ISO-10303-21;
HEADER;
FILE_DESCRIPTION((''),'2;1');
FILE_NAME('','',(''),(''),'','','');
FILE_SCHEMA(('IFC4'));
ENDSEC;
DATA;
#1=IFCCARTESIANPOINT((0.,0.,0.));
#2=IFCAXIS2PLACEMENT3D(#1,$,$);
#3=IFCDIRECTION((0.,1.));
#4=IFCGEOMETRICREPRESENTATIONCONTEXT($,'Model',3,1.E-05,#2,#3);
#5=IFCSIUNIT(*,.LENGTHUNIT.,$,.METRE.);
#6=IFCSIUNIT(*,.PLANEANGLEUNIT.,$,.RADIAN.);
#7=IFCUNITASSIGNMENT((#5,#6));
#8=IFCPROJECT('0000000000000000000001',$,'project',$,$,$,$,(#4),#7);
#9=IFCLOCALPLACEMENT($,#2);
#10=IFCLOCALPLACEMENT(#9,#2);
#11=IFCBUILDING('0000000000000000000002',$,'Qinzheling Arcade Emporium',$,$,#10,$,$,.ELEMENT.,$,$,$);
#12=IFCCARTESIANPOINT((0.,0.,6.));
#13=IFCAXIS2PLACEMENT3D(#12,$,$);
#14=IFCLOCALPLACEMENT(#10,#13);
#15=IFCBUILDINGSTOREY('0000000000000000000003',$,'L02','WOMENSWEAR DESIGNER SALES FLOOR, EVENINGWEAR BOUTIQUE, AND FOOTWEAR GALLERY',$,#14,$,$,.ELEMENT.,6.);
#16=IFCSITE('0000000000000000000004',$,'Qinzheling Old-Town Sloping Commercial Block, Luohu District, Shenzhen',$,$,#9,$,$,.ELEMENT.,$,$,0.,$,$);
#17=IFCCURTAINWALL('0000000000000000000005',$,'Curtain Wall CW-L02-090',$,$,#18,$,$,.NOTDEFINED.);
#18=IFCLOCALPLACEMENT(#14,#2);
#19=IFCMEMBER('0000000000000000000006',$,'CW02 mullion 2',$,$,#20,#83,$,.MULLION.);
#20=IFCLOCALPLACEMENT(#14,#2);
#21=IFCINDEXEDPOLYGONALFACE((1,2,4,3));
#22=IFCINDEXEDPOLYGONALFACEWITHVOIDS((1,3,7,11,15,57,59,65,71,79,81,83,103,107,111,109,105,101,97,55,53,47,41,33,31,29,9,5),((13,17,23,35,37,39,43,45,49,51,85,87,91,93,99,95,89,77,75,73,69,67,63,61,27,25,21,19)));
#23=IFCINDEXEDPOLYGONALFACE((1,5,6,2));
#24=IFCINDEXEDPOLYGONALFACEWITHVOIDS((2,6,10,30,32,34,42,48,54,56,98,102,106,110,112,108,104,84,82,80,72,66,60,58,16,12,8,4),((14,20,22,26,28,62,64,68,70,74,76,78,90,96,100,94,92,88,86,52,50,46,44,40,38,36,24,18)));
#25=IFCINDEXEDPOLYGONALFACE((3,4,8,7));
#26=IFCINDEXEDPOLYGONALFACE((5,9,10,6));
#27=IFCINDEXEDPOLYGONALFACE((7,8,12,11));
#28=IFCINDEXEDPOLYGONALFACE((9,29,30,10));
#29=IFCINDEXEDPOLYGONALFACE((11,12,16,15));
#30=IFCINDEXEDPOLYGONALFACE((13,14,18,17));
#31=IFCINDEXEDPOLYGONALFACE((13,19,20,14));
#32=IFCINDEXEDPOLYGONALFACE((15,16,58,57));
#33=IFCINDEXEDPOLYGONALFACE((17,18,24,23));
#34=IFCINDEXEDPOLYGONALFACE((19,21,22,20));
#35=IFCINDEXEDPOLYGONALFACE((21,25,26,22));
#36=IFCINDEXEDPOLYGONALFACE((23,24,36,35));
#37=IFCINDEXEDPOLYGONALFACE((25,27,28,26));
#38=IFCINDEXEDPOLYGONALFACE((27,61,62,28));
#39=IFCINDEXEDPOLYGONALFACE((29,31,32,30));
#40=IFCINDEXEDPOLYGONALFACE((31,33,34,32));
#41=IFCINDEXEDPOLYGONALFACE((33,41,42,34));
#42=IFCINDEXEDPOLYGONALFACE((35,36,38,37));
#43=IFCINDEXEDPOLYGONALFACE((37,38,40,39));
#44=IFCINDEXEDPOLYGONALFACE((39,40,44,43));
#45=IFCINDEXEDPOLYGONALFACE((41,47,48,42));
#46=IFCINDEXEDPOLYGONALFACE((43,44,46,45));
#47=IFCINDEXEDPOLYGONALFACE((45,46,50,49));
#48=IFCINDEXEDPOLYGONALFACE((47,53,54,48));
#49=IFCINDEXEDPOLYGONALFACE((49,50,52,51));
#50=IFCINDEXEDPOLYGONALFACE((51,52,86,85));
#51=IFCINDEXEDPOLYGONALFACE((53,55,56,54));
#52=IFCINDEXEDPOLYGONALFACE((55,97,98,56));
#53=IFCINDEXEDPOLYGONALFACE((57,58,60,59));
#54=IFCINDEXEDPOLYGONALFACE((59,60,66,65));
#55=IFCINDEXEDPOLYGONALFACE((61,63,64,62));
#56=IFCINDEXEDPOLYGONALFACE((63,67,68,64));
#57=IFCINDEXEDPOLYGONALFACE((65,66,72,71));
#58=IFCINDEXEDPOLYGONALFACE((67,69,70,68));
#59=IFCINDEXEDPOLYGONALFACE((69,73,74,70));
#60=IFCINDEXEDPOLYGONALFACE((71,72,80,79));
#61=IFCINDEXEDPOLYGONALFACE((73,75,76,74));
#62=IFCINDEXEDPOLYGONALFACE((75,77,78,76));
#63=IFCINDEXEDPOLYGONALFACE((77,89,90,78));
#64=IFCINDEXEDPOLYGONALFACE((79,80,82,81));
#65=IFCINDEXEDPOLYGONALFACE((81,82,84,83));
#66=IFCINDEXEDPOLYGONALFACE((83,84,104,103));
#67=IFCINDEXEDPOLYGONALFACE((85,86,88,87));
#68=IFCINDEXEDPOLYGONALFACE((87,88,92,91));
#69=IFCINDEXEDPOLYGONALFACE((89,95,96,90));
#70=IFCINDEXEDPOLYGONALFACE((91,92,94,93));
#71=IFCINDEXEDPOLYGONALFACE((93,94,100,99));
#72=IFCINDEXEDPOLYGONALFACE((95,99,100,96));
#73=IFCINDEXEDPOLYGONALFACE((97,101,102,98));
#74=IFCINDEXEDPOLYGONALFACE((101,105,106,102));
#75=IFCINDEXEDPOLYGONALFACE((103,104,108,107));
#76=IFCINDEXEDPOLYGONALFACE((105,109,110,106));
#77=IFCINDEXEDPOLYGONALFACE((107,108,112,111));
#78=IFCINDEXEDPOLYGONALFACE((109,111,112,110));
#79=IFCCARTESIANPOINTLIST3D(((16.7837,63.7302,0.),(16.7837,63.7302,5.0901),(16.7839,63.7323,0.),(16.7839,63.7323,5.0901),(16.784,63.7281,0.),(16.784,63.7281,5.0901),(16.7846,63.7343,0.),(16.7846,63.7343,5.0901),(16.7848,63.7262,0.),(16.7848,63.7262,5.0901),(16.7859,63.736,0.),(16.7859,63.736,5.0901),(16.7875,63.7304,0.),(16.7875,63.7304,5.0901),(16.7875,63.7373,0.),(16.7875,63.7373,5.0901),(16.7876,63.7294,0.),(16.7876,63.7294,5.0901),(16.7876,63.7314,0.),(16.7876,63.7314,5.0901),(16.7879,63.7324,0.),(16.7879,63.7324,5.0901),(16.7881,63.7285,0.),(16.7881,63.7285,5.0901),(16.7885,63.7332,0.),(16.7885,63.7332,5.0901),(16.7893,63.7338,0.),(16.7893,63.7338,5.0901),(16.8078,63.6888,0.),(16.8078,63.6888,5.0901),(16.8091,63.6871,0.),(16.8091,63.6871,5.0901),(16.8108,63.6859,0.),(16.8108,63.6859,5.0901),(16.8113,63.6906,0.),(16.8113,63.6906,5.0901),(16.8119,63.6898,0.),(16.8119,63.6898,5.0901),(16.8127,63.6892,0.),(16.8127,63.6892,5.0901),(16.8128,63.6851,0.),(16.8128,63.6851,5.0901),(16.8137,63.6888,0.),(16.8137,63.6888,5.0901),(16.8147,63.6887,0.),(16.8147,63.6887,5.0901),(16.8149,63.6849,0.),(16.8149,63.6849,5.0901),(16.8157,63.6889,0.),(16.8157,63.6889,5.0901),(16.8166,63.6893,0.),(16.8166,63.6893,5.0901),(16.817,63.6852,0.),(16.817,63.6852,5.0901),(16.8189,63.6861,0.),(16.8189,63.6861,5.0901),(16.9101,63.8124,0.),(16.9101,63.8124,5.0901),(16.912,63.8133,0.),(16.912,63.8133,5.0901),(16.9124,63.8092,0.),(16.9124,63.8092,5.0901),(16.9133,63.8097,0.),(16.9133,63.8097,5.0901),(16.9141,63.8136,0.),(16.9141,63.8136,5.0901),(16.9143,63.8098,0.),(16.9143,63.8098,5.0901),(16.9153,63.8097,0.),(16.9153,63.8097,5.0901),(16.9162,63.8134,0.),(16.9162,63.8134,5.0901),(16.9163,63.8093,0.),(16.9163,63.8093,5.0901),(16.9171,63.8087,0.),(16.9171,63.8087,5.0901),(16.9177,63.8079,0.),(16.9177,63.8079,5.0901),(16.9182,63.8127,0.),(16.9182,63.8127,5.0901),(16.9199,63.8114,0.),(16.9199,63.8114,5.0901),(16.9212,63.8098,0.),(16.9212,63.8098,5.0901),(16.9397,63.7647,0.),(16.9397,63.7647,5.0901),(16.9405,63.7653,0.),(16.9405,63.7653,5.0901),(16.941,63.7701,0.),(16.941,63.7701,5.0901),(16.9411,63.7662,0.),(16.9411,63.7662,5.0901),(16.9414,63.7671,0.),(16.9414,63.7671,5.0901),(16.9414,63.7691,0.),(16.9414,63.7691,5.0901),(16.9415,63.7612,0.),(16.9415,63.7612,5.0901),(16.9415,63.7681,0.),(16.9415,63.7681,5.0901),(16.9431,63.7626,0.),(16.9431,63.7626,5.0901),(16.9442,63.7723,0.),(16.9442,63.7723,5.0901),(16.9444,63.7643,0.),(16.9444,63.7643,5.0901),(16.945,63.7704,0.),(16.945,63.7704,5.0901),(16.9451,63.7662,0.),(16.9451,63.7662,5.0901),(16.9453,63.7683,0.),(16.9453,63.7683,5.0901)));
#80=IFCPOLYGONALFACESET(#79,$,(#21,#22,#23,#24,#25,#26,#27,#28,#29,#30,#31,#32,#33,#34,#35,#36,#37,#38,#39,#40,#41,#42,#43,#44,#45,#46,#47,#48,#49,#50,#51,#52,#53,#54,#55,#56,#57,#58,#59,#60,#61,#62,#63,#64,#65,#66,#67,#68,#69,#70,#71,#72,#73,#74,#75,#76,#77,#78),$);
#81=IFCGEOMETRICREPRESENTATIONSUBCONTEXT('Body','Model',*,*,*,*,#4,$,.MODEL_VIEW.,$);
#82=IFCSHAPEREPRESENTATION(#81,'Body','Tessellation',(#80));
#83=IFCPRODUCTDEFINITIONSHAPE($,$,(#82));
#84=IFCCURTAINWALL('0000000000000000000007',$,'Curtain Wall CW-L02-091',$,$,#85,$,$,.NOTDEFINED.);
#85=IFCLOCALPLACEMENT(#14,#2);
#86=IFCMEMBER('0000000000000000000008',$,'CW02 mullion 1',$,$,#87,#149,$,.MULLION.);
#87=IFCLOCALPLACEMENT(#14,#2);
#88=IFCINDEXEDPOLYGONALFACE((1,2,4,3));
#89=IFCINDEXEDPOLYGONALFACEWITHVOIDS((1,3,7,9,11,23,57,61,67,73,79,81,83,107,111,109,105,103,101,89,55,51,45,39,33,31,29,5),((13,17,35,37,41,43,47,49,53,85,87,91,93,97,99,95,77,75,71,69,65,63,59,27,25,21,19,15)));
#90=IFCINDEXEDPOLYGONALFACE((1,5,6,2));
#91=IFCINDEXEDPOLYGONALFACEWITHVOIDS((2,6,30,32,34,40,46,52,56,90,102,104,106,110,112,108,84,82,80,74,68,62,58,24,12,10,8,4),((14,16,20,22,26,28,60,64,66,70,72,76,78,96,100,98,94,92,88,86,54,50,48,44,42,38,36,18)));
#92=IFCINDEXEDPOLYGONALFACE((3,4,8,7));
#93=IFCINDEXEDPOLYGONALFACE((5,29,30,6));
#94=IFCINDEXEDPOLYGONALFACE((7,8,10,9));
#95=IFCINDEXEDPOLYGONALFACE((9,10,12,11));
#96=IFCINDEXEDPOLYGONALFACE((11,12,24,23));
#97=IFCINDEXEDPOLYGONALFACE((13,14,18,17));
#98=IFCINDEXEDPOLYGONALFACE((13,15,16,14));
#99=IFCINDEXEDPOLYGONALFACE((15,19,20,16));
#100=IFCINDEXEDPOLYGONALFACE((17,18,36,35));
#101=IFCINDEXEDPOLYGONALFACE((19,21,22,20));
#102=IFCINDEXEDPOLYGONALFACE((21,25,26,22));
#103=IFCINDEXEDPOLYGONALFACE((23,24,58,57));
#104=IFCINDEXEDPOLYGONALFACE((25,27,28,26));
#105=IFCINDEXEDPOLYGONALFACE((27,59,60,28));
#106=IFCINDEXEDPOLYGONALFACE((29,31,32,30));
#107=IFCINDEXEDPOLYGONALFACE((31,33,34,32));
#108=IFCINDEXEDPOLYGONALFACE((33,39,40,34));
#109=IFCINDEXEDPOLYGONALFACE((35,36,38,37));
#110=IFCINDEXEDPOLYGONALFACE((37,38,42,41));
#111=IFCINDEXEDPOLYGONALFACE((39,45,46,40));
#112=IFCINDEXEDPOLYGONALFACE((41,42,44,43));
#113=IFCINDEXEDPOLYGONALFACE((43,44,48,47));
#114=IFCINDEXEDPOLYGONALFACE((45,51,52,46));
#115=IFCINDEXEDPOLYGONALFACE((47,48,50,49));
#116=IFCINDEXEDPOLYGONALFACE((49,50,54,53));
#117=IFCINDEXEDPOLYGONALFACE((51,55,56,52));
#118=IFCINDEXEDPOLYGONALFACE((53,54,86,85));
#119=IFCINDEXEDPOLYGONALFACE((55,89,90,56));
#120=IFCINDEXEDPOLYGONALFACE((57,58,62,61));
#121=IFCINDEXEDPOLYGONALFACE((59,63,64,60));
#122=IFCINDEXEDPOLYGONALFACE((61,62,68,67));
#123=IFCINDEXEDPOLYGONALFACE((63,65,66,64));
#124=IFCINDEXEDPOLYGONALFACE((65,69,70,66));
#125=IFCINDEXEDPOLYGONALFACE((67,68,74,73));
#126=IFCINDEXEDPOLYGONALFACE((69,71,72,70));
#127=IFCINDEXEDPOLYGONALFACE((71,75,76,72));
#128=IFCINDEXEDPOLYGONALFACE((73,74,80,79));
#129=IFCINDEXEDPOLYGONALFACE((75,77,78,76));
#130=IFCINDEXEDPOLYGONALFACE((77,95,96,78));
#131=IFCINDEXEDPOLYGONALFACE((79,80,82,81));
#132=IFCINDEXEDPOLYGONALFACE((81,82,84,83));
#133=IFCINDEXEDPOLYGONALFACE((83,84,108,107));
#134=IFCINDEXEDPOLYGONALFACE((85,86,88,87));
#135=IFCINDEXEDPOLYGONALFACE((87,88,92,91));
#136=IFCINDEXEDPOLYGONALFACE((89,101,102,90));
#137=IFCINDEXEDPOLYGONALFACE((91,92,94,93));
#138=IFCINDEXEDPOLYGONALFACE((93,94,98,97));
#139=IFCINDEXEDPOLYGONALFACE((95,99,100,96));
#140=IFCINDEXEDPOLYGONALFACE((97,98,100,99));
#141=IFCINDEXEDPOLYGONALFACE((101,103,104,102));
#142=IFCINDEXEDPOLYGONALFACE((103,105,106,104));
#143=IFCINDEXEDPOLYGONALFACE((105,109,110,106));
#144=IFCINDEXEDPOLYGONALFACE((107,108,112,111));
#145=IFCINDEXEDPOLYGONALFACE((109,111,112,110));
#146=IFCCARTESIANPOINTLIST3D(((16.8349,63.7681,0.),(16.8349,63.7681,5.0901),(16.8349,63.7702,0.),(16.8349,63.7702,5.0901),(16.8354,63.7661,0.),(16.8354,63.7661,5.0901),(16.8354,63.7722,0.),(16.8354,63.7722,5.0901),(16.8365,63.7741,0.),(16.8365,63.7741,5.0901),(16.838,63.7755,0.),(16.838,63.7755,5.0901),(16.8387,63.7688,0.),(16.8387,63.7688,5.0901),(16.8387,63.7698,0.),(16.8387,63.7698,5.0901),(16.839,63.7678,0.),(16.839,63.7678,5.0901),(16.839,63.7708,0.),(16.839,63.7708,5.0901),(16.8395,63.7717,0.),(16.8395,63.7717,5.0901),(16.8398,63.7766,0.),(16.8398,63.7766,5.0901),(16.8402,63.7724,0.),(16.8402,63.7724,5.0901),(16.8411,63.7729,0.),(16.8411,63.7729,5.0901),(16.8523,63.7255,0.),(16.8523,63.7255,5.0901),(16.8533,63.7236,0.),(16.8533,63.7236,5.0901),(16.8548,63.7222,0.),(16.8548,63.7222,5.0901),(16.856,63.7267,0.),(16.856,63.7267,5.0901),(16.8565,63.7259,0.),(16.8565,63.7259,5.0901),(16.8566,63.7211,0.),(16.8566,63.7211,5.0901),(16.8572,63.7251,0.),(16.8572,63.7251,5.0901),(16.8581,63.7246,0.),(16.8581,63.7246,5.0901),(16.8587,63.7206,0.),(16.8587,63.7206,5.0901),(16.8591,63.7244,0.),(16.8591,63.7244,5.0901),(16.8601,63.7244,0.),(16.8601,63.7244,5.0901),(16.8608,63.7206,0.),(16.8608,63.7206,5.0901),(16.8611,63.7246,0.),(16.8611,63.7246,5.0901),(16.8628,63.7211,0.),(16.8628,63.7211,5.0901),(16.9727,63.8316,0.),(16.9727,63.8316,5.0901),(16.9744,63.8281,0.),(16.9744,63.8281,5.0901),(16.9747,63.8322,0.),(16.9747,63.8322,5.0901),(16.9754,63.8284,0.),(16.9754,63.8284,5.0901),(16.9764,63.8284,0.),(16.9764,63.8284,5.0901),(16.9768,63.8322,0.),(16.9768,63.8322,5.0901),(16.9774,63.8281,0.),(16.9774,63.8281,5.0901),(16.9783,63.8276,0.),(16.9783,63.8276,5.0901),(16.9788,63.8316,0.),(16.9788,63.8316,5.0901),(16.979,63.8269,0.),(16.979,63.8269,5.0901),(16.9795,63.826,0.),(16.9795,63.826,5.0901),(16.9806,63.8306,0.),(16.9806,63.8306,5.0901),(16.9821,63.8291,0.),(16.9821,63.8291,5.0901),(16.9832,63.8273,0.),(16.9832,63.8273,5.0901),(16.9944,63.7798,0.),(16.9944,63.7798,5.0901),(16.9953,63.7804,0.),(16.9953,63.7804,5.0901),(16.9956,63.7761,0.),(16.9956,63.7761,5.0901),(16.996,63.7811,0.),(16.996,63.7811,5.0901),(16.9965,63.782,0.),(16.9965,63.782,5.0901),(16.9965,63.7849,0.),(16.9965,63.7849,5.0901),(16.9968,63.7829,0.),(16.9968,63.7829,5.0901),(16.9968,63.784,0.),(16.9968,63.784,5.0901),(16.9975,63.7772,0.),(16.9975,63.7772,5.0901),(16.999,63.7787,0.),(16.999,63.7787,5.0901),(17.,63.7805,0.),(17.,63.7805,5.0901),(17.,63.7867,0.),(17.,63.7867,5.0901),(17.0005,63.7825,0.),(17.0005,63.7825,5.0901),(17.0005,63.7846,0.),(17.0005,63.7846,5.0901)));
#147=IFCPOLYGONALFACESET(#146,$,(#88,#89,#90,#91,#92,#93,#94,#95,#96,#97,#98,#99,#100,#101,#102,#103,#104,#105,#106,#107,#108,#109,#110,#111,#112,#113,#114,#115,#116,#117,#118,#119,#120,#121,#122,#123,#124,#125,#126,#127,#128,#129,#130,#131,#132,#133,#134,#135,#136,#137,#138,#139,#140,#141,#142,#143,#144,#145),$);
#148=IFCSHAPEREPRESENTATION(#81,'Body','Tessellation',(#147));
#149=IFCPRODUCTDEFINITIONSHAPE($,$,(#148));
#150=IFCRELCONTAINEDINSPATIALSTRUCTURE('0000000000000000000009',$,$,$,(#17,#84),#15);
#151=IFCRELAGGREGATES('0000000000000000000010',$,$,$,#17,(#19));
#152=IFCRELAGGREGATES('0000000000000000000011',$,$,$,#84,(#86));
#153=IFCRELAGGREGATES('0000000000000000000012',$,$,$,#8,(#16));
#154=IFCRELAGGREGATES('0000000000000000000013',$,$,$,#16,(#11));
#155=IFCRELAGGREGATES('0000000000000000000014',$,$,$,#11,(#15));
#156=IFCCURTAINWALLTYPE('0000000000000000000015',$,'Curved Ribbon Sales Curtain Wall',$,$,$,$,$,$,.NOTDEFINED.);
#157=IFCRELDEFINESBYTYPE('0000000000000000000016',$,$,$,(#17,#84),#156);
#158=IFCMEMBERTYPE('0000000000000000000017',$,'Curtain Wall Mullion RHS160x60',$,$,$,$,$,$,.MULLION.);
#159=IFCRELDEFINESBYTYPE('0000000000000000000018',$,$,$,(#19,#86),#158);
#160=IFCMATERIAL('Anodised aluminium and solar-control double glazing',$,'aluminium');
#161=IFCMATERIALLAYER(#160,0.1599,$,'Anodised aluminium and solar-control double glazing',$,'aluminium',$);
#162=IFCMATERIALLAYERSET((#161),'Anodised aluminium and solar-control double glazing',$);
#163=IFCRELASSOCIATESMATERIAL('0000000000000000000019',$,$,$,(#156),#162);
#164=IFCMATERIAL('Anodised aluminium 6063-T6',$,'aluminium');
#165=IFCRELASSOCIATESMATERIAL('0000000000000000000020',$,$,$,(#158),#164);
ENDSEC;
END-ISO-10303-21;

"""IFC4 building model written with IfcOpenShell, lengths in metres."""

from ifc_helpers import new_model, si_unit, direction, frame, origin, origin_2d, place, context, subcontext, project, spatial, hollow_rectangle, extrude, material, layer, layer_set, material_profile, profile_set, type_object, element, aggregate, save


model = new_model("IFC4")

# Units and contexts
model_context = context("Model", 3, precision=1e-05, world=origin(), true_north=direction((0.0, 1.0)))
body_context = subcontext(model_context, "Body", "Model", "MODEL_VIEW")
ifc_project = project(units=[si_unit("LENGTHUNIT", "METRE"), si_unit("PLANEANGLEUNIT", "RADIAN")], contexts=[model_context])

# Site, building, storey
site_placement = place(None, origin())
site = spatial("IfcSite", under=ifc_project, at=site_placement, Name="Qinzheling Old-Town Sloping Commercial Block, Luohu District, Shenzhen", CompositionType="ELEMENT", RefElevation=0.0)
building_placement = place(site_placement, origin())
building = spatial("IfcBuilding", under=site, at=building_placement, Name="Qinzheling Arcade Emporium", CompositionType="ELEMENT")
storey_placement = place(building_placement, frame((0.0, 0.0, 6.0)))
storey = spatial("IfcBuildingStorey", under=building, at=storey_placement, Name="L02", Description="WOMENSWEAR DESIGNER SALES FLOOR, EVENINGWEAR BOUTIQUE, AND FOOTWEAR GALLERY", CompositionType="ELEMENT", Elevation=6.0)

# Shared definitions
ifc_material_1 = material(Name="Anodised aluminium and solar-control double glazing", Category="aluminium")
ifc_layer_1 = layer(ifc_material_1, 0.1599, Name="Anodised aluminium and solar-control double glazing", Category="aluminium")
ifc_layer_set_1 = layer_set([ifc_layer_1], Name="Anodised aluminium and solar-control double glazing")
curtain_wall_type = type_object("IfcCurtainWallType", Name="Curved Ribbon Sales Curtain Wall", PredefinedType="NOTDEFINED", material=ifc_layer_set_1)
ifc_material_2 = material(Name="Anodised aluminium 6063-T6", Category="aluminium")
ifc_material_profile_1 = material_profile(ifc_material_2, hollow_rectangle(XDim=0.0601, YDim=0.1599, WallThickness=0.0039, InnerFilletRadius=0.0039, OuterFilletRadius=0.0081, at=origin_2d()), Name="RHS 160x60x4", Category="aluminium")
ifc_profile_set_1 = profile_set([ifc_material_profile_1], Name="Anodised aluminium 6063-T6")
member_type_1 = type_object("IfcMemberType", Name="Curtain Wall Mullion RHS160x60", PredefinedType="MULLION", material=ifc_profile_set_1)

# Curtain walls, members
curtain_wall_1_placement = place(storey_placement, origin())
curtain_wall_1 = element("IfcCurtainWall", 1, at=curtain_wall_1_placement, inside=storey, type_object=curtain_wall_type, Name="Curtain Wall CW-L02-090", PredefinedType="NOTDEFINED")
member_1_placement = place(storey_placement, frame((16.8645, 63.7493, 0.0), z_axis=(0.0, 0.0, 1.0), x_axis=(-0.522532, 0.85262, 0.0)))
member_1 = element("IfcMember", 2, at=member_1_placement, type_object=member_type_1, Name="CW02 mullion 2", PredefinedType="MULLION", context=body_context, shape_type="SweptSolid", body=[
    extrude(hollow_rectangle(XDim=0.0601, YDim=0.1599, WallThickness=0.0039, InnerFilletRadius=0.0039, OuterFilletRadius=0.0081, at=origin_2d()), origin(), (0.0, 0.0, 1.0), 5.0901),
])
curtain_wall_2_placement = place(storey_placement, origin())
curtain_wall_2 = element("IfcCurtainWall", 3, at=curtain_wall_2_placement, inside=storey, type_object=curtain_wall_type, Name="Curtain Wall CW-L02-091", PredefinedType="NOTDEFINED")
member_2_placement = place(storey_placement, frame((16.9177, 63.7764, 0.0), z_axis=(0.0, 0.0, 1.0), x_axis=(-0.382714, 0.923867, 0.0)))
member_2 = element("IfcMember", 4, at=member_2_placement, type_object=member_type_1, Name="CW02 mullion 1", PredefinedType="MULLION", context=body_context, shape_type="SweptSolid", body=[
    extrude(hollow_rectangle(XDim=0.0601, YDim=0.1599, WallThickness=0.0039, InnerFilletRadius=0.0039, OuterFilletRadius=0.0081, at=origin_2d()), origin(), (0.0, 0.0, 1.0), 5.0901),
])

aggregate(curtain_wall_1, [member_1])
aggregate(curtain_wall_2, [member_2])

save(model, "model.ifc")
